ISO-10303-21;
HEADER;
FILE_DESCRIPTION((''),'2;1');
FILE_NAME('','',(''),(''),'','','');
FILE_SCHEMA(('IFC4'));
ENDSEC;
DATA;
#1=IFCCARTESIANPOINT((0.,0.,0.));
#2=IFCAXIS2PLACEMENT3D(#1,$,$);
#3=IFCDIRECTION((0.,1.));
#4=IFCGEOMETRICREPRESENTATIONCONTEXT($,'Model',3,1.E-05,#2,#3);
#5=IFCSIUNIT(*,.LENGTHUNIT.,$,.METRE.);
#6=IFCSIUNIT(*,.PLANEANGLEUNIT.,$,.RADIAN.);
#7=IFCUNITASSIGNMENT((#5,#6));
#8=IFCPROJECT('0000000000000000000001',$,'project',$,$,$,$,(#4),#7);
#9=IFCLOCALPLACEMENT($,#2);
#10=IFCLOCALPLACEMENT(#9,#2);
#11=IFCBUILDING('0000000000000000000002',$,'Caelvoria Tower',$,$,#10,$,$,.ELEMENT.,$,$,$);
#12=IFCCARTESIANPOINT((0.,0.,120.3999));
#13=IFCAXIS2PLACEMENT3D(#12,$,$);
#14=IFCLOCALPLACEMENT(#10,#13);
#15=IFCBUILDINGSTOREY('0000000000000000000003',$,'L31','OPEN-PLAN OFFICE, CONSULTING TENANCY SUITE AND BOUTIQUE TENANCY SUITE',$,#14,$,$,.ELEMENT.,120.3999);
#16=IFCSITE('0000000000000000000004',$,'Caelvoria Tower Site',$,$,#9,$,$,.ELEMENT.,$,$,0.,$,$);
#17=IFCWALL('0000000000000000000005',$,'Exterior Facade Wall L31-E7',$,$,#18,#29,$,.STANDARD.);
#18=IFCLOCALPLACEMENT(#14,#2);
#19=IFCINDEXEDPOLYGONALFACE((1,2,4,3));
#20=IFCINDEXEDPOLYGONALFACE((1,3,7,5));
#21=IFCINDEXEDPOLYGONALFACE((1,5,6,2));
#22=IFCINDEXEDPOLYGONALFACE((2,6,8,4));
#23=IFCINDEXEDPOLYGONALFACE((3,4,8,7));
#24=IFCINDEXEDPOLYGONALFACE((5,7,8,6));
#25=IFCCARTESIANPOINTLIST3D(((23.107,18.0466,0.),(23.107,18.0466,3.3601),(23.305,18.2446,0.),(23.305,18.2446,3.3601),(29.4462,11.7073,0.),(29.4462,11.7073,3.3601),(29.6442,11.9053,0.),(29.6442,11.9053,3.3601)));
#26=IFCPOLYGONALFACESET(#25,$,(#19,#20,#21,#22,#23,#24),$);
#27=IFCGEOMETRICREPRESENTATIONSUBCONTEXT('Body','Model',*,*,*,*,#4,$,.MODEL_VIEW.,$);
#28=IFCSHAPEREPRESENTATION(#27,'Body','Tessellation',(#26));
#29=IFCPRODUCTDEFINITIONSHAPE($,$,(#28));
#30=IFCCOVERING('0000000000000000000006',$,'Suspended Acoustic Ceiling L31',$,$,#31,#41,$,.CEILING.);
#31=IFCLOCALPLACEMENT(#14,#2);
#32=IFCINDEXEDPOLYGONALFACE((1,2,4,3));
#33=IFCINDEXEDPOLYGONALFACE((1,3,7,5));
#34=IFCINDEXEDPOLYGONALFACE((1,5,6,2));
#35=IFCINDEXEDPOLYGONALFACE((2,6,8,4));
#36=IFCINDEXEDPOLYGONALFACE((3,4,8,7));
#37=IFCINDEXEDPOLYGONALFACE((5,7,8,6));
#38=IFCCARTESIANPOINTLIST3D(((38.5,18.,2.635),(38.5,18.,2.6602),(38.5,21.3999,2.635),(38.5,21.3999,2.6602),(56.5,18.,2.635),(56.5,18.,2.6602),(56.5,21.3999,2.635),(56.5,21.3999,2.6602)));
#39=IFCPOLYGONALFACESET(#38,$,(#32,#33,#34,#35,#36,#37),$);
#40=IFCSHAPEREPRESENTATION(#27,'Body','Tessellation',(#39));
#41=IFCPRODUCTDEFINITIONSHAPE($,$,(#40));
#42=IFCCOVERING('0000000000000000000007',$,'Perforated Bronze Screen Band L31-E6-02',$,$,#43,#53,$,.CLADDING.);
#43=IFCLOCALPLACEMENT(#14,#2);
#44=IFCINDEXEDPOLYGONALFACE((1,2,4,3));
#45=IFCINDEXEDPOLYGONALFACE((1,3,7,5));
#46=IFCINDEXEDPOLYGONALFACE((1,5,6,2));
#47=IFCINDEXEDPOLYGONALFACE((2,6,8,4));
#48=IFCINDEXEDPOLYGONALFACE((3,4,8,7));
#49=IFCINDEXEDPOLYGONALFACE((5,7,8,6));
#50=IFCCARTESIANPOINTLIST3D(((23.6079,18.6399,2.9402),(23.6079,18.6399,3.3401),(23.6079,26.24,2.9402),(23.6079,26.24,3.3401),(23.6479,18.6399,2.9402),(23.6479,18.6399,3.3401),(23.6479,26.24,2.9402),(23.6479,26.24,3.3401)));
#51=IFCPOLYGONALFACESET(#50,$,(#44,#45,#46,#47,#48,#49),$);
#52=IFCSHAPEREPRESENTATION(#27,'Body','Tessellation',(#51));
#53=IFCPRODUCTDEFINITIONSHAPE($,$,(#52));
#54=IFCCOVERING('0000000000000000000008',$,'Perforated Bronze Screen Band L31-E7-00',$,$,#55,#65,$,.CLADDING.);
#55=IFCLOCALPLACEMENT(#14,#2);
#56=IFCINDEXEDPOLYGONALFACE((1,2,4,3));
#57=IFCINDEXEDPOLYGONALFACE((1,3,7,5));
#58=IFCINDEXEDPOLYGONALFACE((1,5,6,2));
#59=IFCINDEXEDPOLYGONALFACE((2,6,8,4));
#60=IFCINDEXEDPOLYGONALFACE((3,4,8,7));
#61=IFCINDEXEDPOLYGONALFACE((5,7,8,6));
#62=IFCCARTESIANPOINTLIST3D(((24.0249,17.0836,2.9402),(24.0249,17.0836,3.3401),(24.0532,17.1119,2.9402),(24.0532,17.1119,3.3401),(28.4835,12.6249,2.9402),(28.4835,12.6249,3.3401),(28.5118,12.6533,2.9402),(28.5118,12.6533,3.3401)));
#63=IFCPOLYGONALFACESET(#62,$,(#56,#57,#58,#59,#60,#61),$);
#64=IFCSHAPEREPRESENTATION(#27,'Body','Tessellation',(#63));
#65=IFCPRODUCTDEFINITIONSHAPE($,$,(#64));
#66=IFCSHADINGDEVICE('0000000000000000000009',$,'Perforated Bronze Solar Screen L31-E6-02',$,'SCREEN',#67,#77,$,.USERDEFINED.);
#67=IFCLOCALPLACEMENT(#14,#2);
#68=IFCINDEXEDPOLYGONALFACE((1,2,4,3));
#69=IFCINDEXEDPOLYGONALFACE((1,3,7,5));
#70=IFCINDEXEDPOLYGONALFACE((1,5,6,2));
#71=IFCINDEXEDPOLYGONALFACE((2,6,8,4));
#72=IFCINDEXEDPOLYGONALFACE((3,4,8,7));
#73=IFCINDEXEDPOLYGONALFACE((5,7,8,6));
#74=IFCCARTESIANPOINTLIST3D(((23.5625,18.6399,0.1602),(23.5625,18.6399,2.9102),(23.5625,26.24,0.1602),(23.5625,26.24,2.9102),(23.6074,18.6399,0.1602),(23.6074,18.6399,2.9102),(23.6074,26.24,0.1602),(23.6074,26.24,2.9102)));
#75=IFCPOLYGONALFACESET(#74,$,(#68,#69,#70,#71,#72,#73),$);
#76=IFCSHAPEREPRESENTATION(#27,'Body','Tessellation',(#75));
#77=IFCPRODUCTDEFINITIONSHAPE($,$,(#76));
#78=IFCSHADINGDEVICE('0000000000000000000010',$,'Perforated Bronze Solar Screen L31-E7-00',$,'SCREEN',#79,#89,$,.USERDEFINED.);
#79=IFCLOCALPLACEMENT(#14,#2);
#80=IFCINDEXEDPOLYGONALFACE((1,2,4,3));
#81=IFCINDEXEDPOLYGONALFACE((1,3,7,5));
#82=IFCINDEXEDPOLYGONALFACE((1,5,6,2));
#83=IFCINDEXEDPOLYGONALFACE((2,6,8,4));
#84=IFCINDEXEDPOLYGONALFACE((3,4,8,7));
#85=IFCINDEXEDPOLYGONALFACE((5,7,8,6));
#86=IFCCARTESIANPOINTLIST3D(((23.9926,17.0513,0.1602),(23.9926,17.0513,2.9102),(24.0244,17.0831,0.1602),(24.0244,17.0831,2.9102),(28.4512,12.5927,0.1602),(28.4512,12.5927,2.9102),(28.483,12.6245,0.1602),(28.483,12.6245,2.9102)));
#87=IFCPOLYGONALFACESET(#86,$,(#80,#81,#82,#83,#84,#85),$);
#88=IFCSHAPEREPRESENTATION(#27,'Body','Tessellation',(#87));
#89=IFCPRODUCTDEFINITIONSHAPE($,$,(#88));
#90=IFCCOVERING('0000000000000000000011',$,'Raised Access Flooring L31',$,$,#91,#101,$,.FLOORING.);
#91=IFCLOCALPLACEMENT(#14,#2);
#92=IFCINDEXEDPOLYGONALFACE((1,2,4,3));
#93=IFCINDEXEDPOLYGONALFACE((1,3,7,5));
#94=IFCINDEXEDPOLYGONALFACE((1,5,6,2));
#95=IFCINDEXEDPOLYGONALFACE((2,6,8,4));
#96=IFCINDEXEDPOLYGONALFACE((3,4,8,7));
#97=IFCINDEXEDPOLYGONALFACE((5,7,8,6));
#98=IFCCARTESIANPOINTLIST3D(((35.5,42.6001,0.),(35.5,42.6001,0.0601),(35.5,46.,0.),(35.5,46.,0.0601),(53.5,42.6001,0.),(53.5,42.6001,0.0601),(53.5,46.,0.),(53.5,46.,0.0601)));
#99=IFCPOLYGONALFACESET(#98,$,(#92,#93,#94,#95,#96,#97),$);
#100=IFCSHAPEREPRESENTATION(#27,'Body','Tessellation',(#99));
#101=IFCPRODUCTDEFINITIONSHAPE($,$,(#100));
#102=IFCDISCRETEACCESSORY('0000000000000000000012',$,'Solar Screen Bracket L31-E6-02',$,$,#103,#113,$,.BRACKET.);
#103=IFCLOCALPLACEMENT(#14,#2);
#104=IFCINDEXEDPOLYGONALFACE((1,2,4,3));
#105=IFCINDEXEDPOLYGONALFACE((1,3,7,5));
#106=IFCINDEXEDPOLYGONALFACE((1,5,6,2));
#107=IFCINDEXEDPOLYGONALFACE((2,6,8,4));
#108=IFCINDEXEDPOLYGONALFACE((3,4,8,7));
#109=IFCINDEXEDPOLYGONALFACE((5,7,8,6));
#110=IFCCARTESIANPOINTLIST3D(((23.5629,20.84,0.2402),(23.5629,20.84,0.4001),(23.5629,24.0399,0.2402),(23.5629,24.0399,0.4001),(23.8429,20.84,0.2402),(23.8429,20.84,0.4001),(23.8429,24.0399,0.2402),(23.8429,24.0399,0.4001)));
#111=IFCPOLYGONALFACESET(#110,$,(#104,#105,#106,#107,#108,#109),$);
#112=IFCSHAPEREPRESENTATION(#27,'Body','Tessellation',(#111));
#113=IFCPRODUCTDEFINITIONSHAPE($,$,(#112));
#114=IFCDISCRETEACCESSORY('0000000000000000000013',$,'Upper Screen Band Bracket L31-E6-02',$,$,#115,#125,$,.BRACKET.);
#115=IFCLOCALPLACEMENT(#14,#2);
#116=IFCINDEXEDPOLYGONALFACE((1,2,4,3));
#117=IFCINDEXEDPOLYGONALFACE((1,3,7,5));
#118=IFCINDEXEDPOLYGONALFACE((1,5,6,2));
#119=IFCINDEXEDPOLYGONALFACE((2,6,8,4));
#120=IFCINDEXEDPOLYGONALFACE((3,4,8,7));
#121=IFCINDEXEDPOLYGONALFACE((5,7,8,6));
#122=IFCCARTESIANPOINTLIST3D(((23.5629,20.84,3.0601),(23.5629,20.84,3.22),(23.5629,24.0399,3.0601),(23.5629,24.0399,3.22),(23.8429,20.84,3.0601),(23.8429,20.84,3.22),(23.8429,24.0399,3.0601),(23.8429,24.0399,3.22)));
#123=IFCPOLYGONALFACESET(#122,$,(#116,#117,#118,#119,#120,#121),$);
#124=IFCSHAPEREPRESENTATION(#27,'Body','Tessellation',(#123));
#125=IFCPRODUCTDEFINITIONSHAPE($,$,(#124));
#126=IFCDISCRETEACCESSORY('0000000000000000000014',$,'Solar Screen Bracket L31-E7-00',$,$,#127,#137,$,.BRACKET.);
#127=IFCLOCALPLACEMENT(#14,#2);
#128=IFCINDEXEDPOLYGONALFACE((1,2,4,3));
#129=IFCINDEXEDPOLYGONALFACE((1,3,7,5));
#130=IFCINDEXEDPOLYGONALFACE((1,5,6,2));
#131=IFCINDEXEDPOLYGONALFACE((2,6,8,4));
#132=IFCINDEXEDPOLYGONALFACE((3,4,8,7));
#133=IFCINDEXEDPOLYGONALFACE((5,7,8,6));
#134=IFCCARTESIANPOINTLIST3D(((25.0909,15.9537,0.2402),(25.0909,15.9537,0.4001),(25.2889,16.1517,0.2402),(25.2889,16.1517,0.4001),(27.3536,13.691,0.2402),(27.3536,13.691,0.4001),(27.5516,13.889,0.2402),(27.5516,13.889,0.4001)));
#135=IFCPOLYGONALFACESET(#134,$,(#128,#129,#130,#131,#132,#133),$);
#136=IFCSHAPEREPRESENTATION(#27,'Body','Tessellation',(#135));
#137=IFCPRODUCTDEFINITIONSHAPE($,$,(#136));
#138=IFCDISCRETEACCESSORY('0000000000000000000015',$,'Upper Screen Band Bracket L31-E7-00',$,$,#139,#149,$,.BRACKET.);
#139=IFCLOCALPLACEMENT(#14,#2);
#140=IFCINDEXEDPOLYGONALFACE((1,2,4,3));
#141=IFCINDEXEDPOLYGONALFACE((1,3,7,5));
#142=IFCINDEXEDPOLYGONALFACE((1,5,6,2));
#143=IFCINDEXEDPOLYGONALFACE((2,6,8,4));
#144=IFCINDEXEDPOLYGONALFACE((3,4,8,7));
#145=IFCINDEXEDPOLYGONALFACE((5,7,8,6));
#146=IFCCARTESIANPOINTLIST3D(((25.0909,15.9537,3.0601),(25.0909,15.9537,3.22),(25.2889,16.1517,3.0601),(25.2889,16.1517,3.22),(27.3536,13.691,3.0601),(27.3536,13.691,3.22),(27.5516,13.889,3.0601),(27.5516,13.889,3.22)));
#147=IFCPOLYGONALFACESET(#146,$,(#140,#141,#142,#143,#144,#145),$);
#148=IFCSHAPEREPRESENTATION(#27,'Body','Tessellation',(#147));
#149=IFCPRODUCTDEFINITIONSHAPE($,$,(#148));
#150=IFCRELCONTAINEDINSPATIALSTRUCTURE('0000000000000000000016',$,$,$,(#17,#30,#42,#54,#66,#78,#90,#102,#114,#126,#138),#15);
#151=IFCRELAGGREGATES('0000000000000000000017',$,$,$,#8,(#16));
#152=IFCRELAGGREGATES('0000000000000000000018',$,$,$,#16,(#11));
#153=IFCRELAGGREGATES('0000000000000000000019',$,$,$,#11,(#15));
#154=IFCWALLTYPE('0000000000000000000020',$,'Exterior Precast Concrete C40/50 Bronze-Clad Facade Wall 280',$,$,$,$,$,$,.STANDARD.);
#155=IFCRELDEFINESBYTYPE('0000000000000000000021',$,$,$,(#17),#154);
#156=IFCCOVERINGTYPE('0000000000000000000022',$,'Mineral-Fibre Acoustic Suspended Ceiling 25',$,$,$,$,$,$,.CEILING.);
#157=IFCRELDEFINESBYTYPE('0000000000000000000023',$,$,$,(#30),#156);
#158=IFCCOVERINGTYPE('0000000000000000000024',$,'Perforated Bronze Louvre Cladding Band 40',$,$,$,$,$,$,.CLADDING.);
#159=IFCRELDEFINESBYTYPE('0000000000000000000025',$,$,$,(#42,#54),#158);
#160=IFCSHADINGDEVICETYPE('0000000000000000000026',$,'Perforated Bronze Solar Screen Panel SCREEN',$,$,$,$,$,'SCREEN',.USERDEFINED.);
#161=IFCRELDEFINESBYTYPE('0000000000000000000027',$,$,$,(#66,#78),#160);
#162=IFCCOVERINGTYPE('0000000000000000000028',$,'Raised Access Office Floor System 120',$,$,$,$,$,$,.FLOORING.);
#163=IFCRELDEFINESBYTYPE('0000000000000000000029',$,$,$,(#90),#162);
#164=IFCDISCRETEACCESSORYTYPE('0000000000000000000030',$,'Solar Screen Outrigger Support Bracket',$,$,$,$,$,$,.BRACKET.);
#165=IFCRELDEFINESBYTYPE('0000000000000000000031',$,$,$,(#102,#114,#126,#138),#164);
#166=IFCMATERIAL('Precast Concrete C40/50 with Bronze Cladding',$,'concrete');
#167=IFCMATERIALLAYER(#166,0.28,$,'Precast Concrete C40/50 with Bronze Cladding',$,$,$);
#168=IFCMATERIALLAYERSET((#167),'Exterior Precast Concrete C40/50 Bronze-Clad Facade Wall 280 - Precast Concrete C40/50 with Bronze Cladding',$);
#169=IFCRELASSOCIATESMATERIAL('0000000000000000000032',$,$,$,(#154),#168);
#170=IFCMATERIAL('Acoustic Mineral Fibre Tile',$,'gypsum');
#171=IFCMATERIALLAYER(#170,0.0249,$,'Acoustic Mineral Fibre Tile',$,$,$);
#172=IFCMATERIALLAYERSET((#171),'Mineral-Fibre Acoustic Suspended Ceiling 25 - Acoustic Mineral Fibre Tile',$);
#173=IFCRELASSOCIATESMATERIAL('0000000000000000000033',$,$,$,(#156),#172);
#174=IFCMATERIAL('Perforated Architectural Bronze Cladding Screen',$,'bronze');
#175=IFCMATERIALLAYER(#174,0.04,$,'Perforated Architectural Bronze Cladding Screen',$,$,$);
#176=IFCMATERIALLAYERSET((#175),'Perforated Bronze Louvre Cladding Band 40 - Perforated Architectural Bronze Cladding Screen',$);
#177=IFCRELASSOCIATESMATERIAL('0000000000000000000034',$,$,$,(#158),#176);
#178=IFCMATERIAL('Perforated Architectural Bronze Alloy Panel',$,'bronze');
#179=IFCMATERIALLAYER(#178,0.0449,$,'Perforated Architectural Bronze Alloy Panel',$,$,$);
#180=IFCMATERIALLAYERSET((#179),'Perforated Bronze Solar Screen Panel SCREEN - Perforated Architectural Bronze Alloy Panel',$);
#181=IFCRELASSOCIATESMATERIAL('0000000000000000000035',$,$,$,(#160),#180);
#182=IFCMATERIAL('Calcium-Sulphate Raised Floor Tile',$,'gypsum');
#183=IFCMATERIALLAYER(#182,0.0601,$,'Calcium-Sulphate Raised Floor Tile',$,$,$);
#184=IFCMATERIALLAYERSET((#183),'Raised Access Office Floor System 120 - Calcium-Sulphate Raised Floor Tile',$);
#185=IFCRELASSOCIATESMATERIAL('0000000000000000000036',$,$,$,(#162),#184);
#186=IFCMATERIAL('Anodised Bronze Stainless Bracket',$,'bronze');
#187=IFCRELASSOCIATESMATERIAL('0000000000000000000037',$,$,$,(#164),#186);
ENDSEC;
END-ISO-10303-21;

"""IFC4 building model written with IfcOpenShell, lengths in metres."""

from ifc_helpers import new_model, si_unit, direction, frame, frame_2d, origin, origin_2d, place, context, subcontext, project, spatial, polyline, rectangle, outline, extrude, material, layer, layer_set, type_object, element, save


model = new_model("IFC4")

# Units and contexts
model_context = context("Model", 3, precision=1e-05, world=origin(), true_north=direction((0.0, 1.0)))
body_context = subcontext(model_context, "Body", "Model", "MODEL_VIEW")
ifc_project = project(units=[si_unit("LENGTHUNIT", "METRE"), si_unit("PLANEANGLEUNIT", "RADIAN")], contexts=[model_context])

# Site, building, storey
site_placement = place(None, origin())
site = spatial("IfcSite", under=ifc_project, at=site_placement, Name="Caelvoria Tower Site", CompositionType="ELEMENT", RefElevation=0.0)
building_placement = place(site_placement, origin())
building = spatial("IfcBuilding", under=site, at=building_placement, Name="Caelvoria Tower", CompositionType="ELEMENT")
storey_placement = place(building_placement, frame((0.0, 0.0, 120.3999)))
storey = spatial("IfcBuildingStorey", under=building, at=storey_placement, Name="L31", Description="OPEN-PLAN OFFICE, CONSULTING TENANCY SUITE AND BOUTIQUE TENANCY SUITE", CompositionType="ELEMENT", Elevation=120.3999)

# Shared definitions
ifc_material_1 = material(Name="Precast Concrete C40/50 with Bronze Cladding", Category="concrete")
ifc_layer_1 = layer(ifc_material_1, 0.28, Name="Precast Concrete C40/50 with Bronze Cladding")
ifc_layer_set_1 = layer_set([ifc_layer_1], Name="Exterior Precast Concrete C40/50 Bronze-Clad Facade Wall 280 - Precast Concrete C40/50 with Bronze Cladding")
wall_type = type_object("IfcWallType", Name="Exterior Precast Concrete C40/50 Bronze-Clad Facade Wall 280", PredefinedType="STANDARD", material=ifc_layer_set_1)

# Wall
wall_1_placement = place(storey_placement, frame((23.2061, 18.1455, 0.0), z_axis=(0.0, 0.0, 1.0), x_axis=(0.707107, -0.707107, 0.0)))
element("IfcWall", 1, at=wall_1_placement, inside=storey, type_object=wall_type, Name="Exterior Facade Wall L31-E7", PredefinedType="STANDARD", context=body_context, shape_type="SweptSolid", body=[
    extrude(rectangle(XDim=8.9651, YDim=0.28, at=frame_2d((4.4824, 0.0))), origin(), (0.0, 0.0, 1.0), 3.3601),
])

# Coverings
ifc_material_2 = material(Name="Acoustic Mineral Fibre Tile", Category="gypsum")
ifc_layer_2 = layer(ifc_material_2, 0.0249, Name="Acoustic Mineral Fibre Tile")
ifc_layer_set_2 = layer_set([ifc_layer_2], Name="Mineral-Fibre Acoustic Suspended Ceiling 25 - Acoustic Mineral Fibre Tile")
covering_type_1 = type_object("IfcCoveringType", Name="Mineral-Fibre Acoustic Suspended Ceiling 25", PredefinedType="CEILING", material=ifc_layer_set_2)
covering_1_placement = place(storey_placement, frame((0.0, 0.0, 2.635)))
element("IfcCovering", 2, at=covering_1_placement, inside=storey, type_object=covering_type_1, Name="Suspended Acoustic Ceiling L31", PredefinedType="CEILING", context=body_context, shape_type="SweptSolid", body=[
    extrude(outline(polyline([(38.5, 18.0), (56.5, 18.0), (56.5, 21.3999), (38.5, 21.3999), (38.5, 18.0)])), origin(), (0.0, 0.0, 1.0), 0.0251),
])
ifc_material_3 = material(Name="Perforated Architectural Bronze Cladding Screen", Category="bronze")
ifc_layer_3 = layer(ifc_material_3, 0.04, Name="Perforated Architectural Bronze Cladding Screen")
ifc_layer_set_3 = layer_set([ifc_layer_3], Name="Perforated Bronze Louvre Cladding Band 40 - Perforated Architectural Bronze Cladding Screen")
covering_type_2 = type_object("IfcCoveringType", Name="Perforated Bronze Louvre Cladding Band 40", PredefinedType="CLADDING", material=ifc_layer_set_3)
covering_2_placement = place(storey_placement, frame((23.6279, 22.4399, 2.9402), z_axis=(0.0, 0.0, 1.0), x_axis=(0.0, -1.0, 0.0)))
element("IfcCovering", 3, at=covering_2_placement, inside=storey, type_object=covering_type_2, Name="Perforated Bronze Screen Band L31-E6-02", PredefinedType="CLADDING", context=body_context, shape_type="SweptSolid", body=[
    extrude(rectangle(XDim=7.6001, YDim=0.04, at=origin_2d()), origin(), (0.0, 0.0, 1.0), 0.3999),
])
covering_3_placement = place(storey_placement, frame((26.2683, 14.8684, 2.9402), z_axis=(0.0, 0.0, 1.0), x_axis=(0.707107, -0.707107, 0.0)))
element("IfcCovering", 4, at=covering_3_placement, inside=storey, type_object=covering_type_2, Name="Perforated Bronze Screen Band L31-E7-00", PredefinedType="CLADDING", context=body_context, shape_type="SweptSolid", body=[
    extrude(rectangle(XDim=6.3054, YDim=0.04, at=origin_2d()), origin(), (0.0, 0.0, 1.0), 0.3999),
])

# Shading devices
ifc_material_4 = material(Name="Perforated Architectural Bronze Alloy Panel", Category="bronze")
ifc_layer_4 = layer(ifc_material_4, 0.0449, Name="Perforated Architectural Bronze Alloy Panel")
ifc_layer_set_4 = layer_set([ifc_layer_4], Name="Perforated Bronze Solar Screen Panel SCREEN - Perforated Architectural Bronze Alloy Panel")
shading_device_type = type_object("IfcShadingDeviceType", Name="Perforated Bronze Solar Screen Panel SCREEN", ElementType="SCREEN", PredefinedType="USERDEFINED", material=ifc_layer_set_4)
shading_device_1_placement = place(storey_placement, frame((23.585, 22.4399, 0.1602), z_axis=(0.0, 0.0, 1.0), x_axis=(0.0, -1.0, 0.0)))
element("IfcShadingDevice", 5, at=shading_device_1_placement, inside=storey, type_object=shading_device_type, Name="Perforated Bronze Solar Screen L31-E6-02", ObjectType="SCREEN", PredefinedType="USERDEFINED", context=body_context, shape_type="SweptSolid", body=[
    extrude(rectangle(XDim=7.6001, YDim=0.0449, at=origin_2d()), origin(), (0.0, 0.0, 1.0), 2.75),
])
shading_device_2_placement = place(storey_placement, frame((26.2378, 14.8379, 0.1602), z_axis=(0.0, 0.0, 1.0), x_axis=(0.707107, -0.707107, 0.0)))
element("IfcShadingDevice", 6, at=shading_device_2_placement, inside=storey, type_object=shading_device_type, Name="Perforated Bronze Solar Screen L31-E7-00", ObjectType="SCREEN", PredefinedType="USERDEFINED", context=body_context, shape_type="SweptSolid", body=[
    extrude(rectangle(XDim=6.3054, YDim=0.0449, at=origin_2d()), origin(), (0.0, 0.0, 1.0), 2.75),
])

# Covering
ifc_material_5 = material(Name="Calcium-Sulphate Raised Floor Tile", Category="gypsum")
ifc_layer_5 = layer(ifc_material_5, 0.0601, Name="Calcium-Sulphate Raised Floor Tile")
ifc_layer_set_5 = layer_set([ifc_layer_5], Name="Raised Access Office Floor System 120 - Calcium-Sulphate Raised Floor Tile")
covering_type_3 = type_object("IfcCoveringType", Name="Raised Access Office Floor System 120", PredefinedType="FLOORING", material=ifc_layer_set_5)
covering_4_placement = place(storey_placement, origin())
element("IfcCovering", 7, at=covering_4_placement, inside=storey, type_object=covering_type_3, Name="Raised Access Flooring L31", PredefinedType="FLOORING", context=body_context, shape_type="SweptSolid", body=[
    extrude(outline(polyline([(35.5, 42.6001), (53.5, 42.6001), (53.5, 46.0), (35.5, 46.0), (35.5, 42.6001)])), origin(), (0.0, 0.0, 1.0), 0.0601),
])

# Discrete accessories
ifc_material_6 = material(Name="Anodised Bronze Stainless Bracket", Category="bronze")
discrete_accessory_type = type_object("IfcDiscreteAccessoryType", Name="Solar Screen Outrigger Support Bracket", PredefinedType="BRACKET", material=ifc_material_6)
for number, where, z_axis, x_axis, name in (
    (8, (23.7029, 22.4399, 0.2402), (0.0, 0.0, 1.0), (0.0, -1.0, 0.0), "Solar Screen Bracket L31-E6-02"),
    (9, (23.7029, 22.4399, 3.0601), (0.0, 0.0, 1.0), (0.0, -1.0, 0.0), "Upper Screen Band Bracket L31-E6-02"),
    (10, (26.3213, 14.9214, 0.2402), (0.0, 0.0, 1.0), (0.707107, -0.707107, 0.0), "Solar Screen Bracket L31-E7-00"),
    (11, (26.3213, 14.9214, 3.0601), (0.0, 0.0, 1.0), (0.707107, -0.707107, 0.0), "Upper Screen Band Bracket L31-E7-00"),
):
    element("IfcDiscreteAccessory", number, at=place(storey_placement, frame(where, z_axis=z_axis, x_axis=x_axis)), inside=storey, type_object=discrete_accessory_type, Name=name, PredefinedType="BRACKET", context=body_context, shape_type="SweptSolid", body=[
        extrude(rectangle(XDim=3.2, YDim=0.28, at=origin_2d()), origin(), (0.0, 0.0, 1.0), 0.1599),
    ])

save(model, "model.ifc")
